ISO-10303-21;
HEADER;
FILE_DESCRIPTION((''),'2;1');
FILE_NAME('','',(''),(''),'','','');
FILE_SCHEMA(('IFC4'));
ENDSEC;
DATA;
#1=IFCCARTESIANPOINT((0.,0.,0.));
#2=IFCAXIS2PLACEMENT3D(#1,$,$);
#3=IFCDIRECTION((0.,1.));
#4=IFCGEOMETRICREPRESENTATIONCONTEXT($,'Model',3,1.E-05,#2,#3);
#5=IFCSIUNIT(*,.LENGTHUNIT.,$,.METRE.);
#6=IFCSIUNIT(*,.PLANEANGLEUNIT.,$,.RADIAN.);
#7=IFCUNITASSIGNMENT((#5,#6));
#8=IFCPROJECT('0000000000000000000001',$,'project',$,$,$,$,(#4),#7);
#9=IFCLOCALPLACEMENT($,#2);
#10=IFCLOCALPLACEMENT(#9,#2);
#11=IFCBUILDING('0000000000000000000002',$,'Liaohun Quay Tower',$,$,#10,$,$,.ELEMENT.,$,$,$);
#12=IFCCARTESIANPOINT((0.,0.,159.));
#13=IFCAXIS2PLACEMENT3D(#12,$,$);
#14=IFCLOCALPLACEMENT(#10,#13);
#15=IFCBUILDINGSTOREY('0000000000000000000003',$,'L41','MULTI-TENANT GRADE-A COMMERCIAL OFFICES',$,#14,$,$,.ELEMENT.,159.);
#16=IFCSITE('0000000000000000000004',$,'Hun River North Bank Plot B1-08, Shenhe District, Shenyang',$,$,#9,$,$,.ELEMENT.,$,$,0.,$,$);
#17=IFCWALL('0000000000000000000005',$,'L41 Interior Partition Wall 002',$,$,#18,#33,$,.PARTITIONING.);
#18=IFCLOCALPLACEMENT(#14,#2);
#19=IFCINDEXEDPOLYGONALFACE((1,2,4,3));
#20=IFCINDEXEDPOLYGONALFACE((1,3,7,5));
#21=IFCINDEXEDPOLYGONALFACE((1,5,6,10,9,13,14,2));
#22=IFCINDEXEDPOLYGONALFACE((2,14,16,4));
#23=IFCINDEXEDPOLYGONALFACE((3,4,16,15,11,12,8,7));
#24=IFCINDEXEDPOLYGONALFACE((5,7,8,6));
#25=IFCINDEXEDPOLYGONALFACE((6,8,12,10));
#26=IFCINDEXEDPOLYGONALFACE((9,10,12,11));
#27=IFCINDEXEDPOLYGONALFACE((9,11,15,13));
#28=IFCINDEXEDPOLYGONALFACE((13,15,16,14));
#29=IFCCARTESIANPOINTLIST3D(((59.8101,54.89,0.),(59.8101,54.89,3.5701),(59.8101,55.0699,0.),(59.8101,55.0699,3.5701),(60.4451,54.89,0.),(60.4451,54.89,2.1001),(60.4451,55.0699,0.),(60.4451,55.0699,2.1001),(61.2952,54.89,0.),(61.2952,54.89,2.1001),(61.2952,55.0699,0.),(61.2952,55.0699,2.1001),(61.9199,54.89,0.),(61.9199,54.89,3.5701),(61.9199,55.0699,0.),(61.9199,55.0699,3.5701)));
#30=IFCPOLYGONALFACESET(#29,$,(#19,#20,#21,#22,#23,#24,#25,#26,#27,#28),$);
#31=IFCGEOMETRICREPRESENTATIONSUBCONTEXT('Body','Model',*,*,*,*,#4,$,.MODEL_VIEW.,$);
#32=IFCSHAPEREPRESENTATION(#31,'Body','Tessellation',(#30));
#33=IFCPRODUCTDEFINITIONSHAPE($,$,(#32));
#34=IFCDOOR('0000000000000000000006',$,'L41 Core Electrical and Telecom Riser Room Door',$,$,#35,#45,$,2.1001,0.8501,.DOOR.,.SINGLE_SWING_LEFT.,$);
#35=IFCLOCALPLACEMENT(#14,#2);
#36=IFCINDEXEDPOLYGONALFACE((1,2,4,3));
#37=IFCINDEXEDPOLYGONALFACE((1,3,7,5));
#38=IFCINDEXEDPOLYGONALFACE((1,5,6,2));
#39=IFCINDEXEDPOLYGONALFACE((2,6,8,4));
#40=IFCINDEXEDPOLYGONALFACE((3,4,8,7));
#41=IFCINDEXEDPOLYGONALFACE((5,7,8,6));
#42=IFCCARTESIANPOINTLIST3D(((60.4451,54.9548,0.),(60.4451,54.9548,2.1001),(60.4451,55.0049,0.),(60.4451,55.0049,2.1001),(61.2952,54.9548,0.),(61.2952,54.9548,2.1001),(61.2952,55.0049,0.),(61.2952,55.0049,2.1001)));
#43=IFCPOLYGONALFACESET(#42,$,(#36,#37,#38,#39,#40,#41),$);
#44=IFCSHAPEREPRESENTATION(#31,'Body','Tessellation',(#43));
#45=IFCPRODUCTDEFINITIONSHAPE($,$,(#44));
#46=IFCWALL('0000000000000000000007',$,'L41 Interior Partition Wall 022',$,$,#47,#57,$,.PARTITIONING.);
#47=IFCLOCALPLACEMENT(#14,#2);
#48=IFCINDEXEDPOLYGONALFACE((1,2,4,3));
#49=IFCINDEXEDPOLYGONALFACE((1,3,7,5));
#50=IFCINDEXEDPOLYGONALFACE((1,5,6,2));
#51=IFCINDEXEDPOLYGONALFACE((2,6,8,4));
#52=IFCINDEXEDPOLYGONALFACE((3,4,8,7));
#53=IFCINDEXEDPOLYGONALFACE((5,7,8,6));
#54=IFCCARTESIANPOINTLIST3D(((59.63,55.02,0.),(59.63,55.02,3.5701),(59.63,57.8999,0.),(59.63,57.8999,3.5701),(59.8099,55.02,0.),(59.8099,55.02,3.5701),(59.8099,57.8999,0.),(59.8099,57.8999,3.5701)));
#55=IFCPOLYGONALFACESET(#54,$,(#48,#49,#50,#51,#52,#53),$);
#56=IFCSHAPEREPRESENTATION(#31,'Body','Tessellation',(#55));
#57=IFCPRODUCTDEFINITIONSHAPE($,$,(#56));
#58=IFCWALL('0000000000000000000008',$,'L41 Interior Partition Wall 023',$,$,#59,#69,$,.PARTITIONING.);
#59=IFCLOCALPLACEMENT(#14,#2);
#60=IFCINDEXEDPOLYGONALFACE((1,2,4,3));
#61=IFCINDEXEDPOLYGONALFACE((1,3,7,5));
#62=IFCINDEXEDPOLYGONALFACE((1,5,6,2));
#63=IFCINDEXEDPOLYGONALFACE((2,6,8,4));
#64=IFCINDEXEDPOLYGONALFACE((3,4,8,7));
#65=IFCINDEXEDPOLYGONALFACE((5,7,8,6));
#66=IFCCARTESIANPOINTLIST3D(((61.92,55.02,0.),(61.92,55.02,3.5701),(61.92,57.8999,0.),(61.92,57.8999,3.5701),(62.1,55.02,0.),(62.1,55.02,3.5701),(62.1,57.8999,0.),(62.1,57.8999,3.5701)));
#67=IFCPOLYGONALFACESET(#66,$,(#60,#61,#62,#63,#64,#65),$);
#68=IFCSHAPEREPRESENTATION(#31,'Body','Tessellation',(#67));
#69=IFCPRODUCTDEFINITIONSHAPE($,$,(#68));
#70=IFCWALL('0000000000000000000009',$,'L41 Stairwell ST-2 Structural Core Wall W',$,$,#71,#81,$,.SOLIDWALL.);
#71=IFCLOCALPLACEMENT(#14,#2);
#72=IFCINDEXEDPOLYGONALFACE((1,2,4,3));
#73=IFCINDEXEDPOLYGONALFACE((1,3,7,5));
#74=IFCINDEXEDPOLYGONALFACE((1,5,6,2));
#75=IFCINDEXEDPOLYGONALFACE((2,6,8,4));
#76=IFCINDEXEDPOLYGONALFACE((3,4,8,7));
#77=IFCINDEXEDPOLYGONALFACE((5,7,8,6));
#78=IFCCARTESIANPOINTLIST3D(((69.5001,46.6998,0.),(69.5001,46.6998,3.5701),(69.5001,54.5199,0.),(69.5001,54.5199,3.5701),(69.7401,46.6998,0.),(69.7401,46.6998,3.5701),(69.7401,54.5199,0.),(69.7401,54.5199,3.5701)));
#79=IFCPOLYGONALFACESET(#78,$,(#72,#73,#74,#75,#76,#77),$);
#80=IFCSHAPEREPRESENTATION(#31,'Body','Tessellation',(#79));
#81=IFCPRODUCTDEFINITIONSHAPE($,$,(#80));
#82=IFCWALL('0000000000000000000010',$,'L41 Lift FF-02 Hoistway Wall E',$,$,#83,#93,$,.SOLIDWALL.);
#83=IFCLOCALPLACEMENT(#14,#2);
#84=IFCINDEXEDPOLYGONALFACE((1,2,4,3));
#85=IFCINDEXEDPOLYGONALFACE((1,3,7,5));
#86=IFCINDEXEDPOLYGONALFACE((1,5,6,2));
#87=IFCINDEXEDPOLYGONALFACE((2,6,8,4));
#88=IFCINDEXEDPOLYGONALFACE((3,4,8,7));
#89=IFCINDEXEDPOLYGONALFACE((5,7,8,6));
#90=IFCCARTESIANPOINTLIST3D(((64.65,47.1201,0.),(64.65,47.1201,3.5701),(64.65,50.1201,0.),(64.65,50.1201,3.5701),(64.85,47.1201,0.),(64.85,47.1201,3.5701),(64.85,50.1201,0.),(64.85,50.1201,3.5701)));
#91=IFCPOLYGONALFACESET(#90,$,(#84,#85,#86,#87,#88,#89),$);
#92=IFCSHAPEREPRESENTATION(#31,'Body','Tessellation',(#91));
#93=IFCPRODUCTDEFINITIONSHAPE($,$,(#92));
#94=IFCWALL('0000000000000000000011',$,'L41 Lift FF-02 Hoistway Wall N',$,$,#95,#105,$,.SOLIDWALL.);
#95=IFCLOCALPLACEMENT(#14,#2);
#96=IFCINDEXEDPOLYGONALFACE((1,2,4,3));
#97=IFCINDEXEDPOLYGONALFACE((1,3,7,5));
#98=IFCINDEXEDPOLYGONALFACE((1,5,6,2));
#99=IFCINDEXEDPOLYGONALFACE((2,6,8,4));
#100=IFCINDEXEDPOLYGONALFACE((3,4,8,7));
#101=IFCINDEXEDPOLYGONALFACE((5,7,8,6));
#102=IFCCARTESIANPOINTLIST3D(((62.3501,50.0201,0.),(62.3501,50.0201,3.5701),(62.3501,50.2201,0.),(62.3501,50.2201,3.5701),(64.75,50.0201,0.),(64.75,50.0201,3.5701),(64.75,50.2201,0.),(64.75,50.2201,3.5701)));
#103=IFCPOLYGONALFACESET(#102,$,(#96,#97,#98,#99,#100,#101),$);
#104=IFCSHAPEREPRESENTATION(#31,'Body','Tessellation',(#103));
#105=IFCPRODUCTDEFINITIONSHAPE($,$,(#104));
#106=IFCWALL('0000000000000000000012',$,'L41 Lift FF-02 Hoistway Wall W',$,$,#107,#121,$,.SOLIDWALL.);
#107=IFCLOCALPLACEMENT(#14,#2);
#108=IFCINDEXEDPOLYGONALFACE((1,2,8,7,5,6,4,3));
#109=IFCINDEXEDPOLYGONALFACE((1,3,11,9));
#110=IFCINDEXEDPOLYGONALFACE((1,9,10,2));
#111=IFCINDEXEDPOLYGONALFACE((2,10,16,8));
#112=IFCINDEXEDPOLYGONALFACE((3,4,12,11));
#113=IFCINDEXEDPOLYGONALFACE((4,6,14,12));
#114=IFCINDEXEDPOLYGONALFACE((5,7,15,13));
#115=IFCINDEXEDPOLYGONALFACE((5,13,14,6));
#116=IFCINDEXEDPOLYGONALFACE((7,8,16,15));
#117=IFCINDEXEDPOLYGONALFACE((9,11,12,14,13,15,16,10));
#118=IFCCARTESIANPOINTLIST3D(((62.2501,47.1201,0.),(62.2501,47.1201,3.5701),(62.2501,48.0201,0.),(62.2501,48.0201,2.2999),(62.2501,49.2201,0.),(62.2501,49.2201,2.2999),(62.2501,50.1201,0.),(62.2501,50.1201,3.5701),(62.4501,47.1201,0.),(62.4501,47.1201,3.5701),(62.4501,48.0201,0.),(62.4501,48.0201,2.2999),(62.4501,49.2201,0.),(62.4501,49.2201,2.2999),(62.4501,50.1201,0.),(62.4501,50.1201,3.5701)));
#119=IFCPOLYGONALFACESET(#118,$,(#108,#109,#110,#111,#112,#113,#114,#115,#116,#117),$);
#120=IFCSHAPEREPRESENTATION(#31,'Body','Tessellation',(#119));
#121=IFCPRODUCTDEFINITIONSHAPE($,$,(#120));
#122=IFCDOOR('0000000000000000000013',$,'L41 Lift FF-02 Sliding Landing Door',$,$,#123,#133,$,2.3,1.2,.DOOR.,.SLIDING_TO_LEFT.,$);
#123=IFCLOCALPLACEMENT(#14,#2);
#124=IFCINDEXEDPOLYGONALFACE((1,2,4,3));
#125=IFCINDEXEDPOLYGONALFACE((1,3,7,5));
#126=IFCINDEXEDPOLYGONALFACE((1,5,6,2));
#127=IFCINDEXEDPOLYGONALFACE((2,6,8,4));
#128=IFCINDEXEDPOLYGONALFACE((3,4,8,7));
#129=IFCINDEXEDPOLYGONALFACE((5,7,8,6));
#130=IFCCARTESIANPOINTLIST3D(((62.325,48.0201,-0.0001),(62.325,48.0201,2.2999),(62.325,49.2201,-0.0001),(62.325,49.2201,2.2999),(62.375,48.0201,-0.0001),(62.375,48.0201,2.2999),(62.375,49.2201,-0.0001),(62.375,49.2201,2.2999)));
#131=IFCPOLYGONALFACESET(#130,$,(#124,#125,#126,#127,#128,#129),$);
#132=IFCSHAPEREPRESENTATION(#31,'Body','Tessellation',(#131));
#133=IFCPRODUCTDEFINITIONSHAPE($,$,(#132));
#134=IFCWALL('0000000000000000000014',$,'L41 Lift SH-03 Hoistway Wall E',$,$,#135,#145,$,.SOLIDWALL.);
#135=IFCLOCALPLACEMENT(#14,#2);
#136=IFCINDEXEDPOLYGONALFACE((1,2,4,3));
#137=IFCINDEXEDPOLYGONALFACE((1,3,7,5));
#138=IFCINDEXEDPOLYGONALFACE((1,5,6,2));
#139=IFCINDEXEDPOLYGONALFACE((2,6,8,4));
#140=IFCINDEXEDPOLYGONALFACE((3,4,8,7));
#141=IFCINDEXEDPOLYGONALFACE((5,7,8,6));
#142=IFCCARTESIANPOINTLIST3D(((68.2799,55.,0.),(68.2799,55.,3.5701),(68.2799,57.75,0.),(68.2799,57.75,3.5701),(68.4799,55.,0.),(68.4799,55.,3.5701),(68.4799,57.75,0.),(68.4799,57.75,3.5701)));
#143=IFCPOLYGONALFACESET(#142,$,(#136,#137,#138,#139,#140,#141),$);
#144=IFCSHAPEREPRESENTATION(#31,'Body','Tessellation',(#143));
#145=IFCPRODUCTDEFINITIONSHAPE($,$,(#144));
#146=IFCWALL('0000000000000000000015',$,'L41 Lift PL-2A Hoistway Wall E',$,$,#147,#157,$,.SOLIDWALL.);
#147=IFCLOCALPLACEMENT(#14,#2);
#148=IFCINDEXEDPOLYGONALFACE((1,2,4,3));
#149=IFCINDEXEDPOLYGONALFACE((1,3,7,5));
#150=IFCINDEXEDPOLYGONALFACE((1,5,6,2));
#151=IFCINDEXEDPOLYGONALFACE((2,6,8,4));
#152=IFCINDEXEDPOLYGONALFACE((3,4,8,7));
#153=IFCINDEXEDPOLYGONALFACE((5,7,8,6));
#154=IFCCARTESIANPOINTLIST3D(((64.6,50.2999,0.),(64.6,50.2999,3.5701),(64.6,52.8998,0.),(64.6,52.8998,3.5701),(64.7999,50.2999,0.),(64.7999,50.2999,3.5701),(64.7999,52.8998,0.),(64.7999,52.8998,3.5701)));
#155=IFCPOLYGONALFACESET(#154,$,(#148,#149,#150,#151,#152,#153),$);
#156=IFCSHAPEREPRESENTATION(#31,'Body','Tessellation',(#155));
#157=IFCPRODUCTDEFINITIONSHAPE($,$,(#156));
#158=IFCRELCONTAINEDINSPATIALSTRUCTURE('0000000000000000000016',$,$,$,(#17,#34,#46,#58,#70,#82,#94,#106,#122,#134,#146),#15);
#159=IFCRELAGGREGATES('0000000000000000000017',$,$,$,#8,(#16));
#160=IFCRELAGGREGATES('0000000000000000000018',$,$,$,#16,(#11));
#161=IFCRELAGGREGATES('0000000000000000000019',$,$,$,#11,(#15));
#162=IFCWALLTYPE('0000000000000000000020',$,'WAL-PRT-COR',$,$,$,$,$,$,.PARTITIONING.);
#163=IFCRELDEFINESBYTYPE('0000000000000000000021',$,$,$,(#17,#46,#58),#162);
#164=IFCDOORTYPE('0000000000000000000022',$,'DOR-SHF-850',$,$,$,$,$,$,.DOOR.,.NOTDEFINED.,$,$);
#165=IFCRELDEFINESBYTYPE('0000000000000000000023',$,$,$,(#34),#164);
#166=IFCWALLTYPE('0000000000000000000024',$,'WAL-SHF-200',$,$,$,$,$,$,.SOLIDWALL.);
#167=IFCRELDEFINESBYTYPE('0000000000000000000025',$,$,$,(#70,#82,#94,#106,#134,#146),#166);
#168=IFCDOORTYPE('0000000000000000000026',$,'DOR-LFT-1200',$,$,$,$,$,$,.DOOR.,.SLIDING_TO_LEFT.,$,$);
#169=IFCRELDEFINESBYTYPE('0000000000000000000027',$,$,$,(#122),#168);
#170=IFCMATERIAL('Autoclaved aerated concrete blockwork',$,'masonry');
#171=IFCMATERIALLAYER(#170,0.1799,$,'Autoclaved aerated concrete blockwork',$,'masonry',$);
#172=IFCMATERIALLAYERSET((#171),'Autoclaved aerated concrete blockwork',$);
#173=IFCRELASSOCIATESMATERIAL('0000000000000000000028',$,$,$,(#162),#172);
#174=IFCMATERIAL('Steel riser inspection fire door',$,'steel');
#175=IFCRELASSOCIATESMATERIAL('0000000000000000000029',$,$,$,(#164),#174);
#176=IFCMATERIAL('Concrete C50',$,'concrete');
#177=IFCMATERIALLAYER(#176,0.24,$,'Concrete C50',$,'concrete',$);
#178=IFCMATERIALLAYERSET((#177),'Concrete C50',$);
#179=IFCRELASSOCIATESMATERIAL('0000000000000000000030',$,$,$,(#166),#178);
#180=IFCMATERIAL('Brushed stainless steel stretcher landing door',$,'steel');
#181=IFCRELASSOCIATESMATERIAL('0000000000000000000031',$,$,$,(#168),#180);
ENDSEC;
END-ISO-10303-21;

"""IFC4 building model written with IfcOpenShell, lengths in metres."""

from ifc_helpers import new_model, si_unit, direction, frame, frame_2d, origin, place, context, subcontext, project, spatial, rectangle, extrude, source, transform, mapped, material, layer, layer_set, type_object, element, fill, save


model = new_model("IFC4")

# Units and contexts
model_context = context("Model", 3, precision=1e-05, world=origin(), true_north=direction((0.0, 1.0)))
body_context = subcontext(model_context, "Body", "Model", "MODEL_VIEW")
ifc_project = project(units=[si_unit("LENGTHUNIT", "METRE"), si_unit("PLANEANGLEUNIT", "RADIAN")], contexts=[model_context])

# Site, building, storey
site_placement = place(None, origin())
site = spatial("IfcSite", under=ifc_project, at=site_placement, Name="Hun River North Bank Plot B1-08, Shenhe District, Shenyang", CompositionType="ELEMENT", RefElevation=0.0)
building_placement = place(site_placement, origin())
building = spatial("IfcBuilding", under=site, at=building_placement, Name="Liaohun Quay Tower", CompositionType="ELEMENT")
storey_placement = place(building_placement, frame((0.0, 0.0, 159.0)))
storey = spatial("IfcBuildingStorey", under=building, at=storey_placement, Name="L41", Description="MULTI-TENANT GRADE-A COMMERCIAL OFFICES", CompositionType="ELEMENT", Elevation=159.0)

# Wall, opening, door
ifc_material_1 = material(Name="Autoclaved aerated concrete blockwork", Category="masonry")
ifc_layer_1 = layer(ifc_material_1, 0.1799, Name="Autoclaved aerated concrete blockwork", Category="masonry")
ifc_layer_set_1 = layer_set([ifc_layer_1], Name="Autoclaved aerated concrete blockwork")
wall_type_1 = type_object("IfcWallType", Name="WAL-PRT-COR", PredefinedType="PARTITIONING", material=ifc_layer_set_1)
wall_1_placement = place(storey_placement, frame((59.8101, 54.98, 0.0), z_axis=(0.0, 0.0, 1.0), x_axis=(1.0, 0.0, 0.0)))
wall_1 = element("IfcWall", 1, at=wall_1_placement, inside=storey, type_object=wall_type_1, Name="L41 Interior Partition Wall 002", PredefinedType="PARTITIONING", context=body_context, shape_type="SweptSolid", body=[
    extrude(rectangle(XDim=2.1099, YDim=0.1799, at=frame_2d((1.0549, 0.0))), origin(), (0.0, 0.0, 1.0), 3.5701),
])
shared_shape_1 = source(origin(), body_context, "Body", "SweptSolid", [
    extrude(rectangle(XDim=0.8501, YDim=2.1001, at=frame_2d((0.425, 1.05))), frame((0.0, 0.0999, 0.0), z_axis=(0.0, -1.0, 0.0), x_axis=(1.0, 0.0, 0.0)), (0.0, 0.0, 1.0), 0.2),
])
opening_1_placement = place(wall_1_placement, frame((0.635, 0.0, 0.0)))
opening_1 = element("IfcOpeningElement", 2, at=opening_1_placement, cuts=wall_1, PredefinedType="OPENING", context=body_context, shape_type="MappedRepresentation", body=[
    mapped(shared_shape_1, transform((0.0, 0.0, 0.0), x_axis=(1.0, 0.0, 0.0), y_axis=(0.0, 1.0, 0.0), z_axis=(0.0, 0.0, 1.0), scale=1.0)),
])
ifc_material_2 = material(Name="Steel riser inspection fire door", Category="steel")
door_type_1 = type_object("IfcDoorType", Name="DOR-SHF-850", OperationType="NOTDEFINED", PredefinedType="DOOR", material=ifc_material_2)
shared_shape_2 = source(origin(), body_context, "Body", "SweptSolid", [
    extrude(rectangle(XDim=0.8501, YDim=2.1001, at=frame_2d((0.425, 1.05))), frame((0.0, 0.0249, 0.0), z_axis=(0.0, -1.0, 0.0), x_axis=(1.0, 0.0, 0.0)), (0.0, 0.0, 1.0), 0.05),
])
door_1_placement = place(opening_1_placement, origin())
door_1 = element("IfcDoor", 3, at=door_1_placement, inside=storey, type_object=door_type_1, Name="L41 Core Electrical and Telecom Riser Room Door", OperationType="SINGLE_SWING_LEFT", OverallHeight=2.1001, OverallWidth=0.8501, PredefinedType="DOOR", context=body_context, shape_type="MappedRepresentation", body=[
    mapped(shared_shape_2, transform((0.0, 0.0, 0.0), x_axis=(1.0, 0.0, 0.0), y_axis=(0.0, 1.0, 0.0), z_axis=(0.0, 0.0, 1.0), scale=1.0)),
])
fill(opening_1, door_1)

# Walls
for number, where, z_axis, x_axis, name in (
    (4, (59.72, 55.02, 0.0), (0.0, 0.0, 1.0), (0.0, 1.0, 0.0), "L41 Interior Partition Wall 022"),
    (5, (62.01, 55.02, 0.0), (0.0, 0.0, 1.0), (0.0, 1.0, 0.0), "L41 Interior Partition Wall 023"),
):
    element("IfcWall", number, at=place(storey_placement, frame(where, z_axis=z_axis, x_axis=x_axis)), inside=storey, type_object=wall_type_1, Name=name, PredefinedType="PARTITIONING", context=body_context, shape_type="SweptSolid", body=[
        extrude(rectangle(XDim=2.8799, YDim=0.1799, at=frame_2d((1.4399, 0.0))), origin(), (0.0, 0.0, 1.0), 3.5701),
    ])
ifc_material_3 = material(Name="Concrete C50", Category="concrete")
ifc_layer_2 = layer(ifc_material_3, 0.24, Name="Concrete C50", Category="concrete")
ifc_layer_set_2 = layer_set([ifc_layer_2], Name="Concrete C50")
wall_type_2 = type_object("IfcWallType", Name="WAL-SHF-200", PredefinedType="SOLIDWALL", material=ifc_layer_set_2)
wall_2_placement = place(storey_placement, frame((69.6201, 54.52, 0.0), z_axis=(0.0, 0.0, 1.0), x_axis=(0.0, -1.0, 0.0)))
element("IfcWall", 6, at=wall_2_placement, inside=storey, type_object=wall_type_2, Name="L41 Stairwell ST-2 Structural Core Wall W", PredefinedType="SOLIDWALL", context=body_context, shape_type="SweptSolid", body=[
    extrude(rectangle(XDim=7.8201, YDim=0.24, at=frame_2d((3.9102, 0.0))), origin(), (0.0, 0.0, 1.0), 3.5701),
])
wall_3_placement = place(storey_placement, frame((64.75, 47.1201, 0.0), z_axis=(0.0, 0.0, 1.0), x_axis=(0.0, 1.0, 0.0)))
element("IfcWall", 7, at=wall_3_placement, inside=storey, type_object=wall_type_2, Name="L41 Lift FF-02 Hoistway Wall E", PredefinedType="SOLIDWALL", context=body_context, shape_type="SweptSolid", body=[
    extrude(rectangle(XDim=3.0, YDim=0.2, at=frame_2d((1.5, 0.0))), origin(), (0.0, 0.0, 1.0), 3.5701),
])
wall_4_placement = place(storey_placement, frame((64.75, 50.1201, 0.0), z_axis=(0.0, 0.0, 1.0), x_axis=(-1.0, 0.0, 0.0)))
element("IfcWall", 8, at=wall_4_placement, inside=storey, type_object=wall_type_2, Name="L41 Lift FF-02 Hoistway Wall N", PredefinedType="SOLIDWALL", context=body_context, shape_type="SweptSolid", body=[
    extrude(rectangle(XDim=2.3999, YDim=0.2, at=frame_2d((1.2, 0.0))), origin(), (0.0, 0.0, 1.0), 3.5701),
])

# Wall, opening, door
wall_5_placement = place(storey_placement, frame((62.3501, 50.1201, 0.0), z_axis=(0.0, 0.0, 1.0), x_axis=(0.0, -1.0, 0.0)))
wall_5 = element("IfcWall", 9, at=wall_5_placement, inside=storey, type_object=wall_type_2, Name="L41 Lift FF-02 Hoistway Wall W", PredefinedType="SOLIDWALL", context=body_context, shape_type="SweptSolid", body=[
    extrude(rectangle(XDim=3.0, YDim=0.2, at=frame_2d((1.5, 0.0))), origin(), (0.0, 0.0, 1.0), 3.5701),
])
shared_shape_3 = source(origin(), body_context, "Body", "SweptSolid", [
    extrude(rectangle(XDim=1.2, YDim=2.3, at=frame_2d((0.6001, 1.1499))), frame((0.0, 0.1099, 0.0), z_axis=(0.0, -1.0, 0.0), x_axis=(1.0, 0.0, 0.0)), (0.0, 0.0, 1.0), 0.22),
])
opening_2_placement = place(wall_5_placement, frame((0.8999, 0.0, 0.0)))
opening_2 = element("IfcOpeningElement", 10, at=opening_2_placement, cuts=wall_5, PredefinedType="OPENING", context=body_context, shape_type="MappedRepresentation", body=[
    mapped(shared_shape_3, transform((0.0, 0.0, 0.0), x_axis=(1.0, 0.0, 0.0), y_axis=(0.0, 1.0, 0.0), z_axis=(0.0, 0.0, 1.0), scale=1.0)),
])
ifc_material_4 = material(Name="Brushed stainless steel stretcher landing door", Category="steel")
door_type_2 = type_object("IfcDoorType", Name="DOR-LFT-1200", OperationType="SLIDING_TO_LEFT", PredefinedType="DOOR", material=ifc_material_4)
shared_shape_4 = source(origin(), body_context, "Body", "SweptSolid", [
    extrude(rectangle(XDim=1.2, YDim=2.3, at=frame_2d((0.6001, 1.1499))), frame((0.0, 0.0249, 0.0), z_axis=(0.0, -1.0, 0.0), x_axis=(1.0, 0.0, 0.0)), (0.0, 0.0, 1.0), 0.05),
])
door_2_placement = place(opening_2_placement, origin())
door_2 = element("IfcDoor", 11, at=door_2_placement, inside=storey, type_object=door_type_2, Name="L41 Lift FF-02 Sliding Landing Door", OperationType="SLIDING_TO_LEFT", OverallHeight=2.3, OverallWidth=1.2, PredefinedType="DOOR", context=body_context, shape_type="MappedRepresentation", body=[
    mapped(shared_shape_4, transform((0.0, 0.0, 0.0), x_axis=(1.0, 0.0, 0.0), y_axis=(0.0, 1.0, 0.0), z_axis=(0.0, 0.0, 1.0), scale=1.0)),
])
fill(opening_2, door_2)

# Walls
wall_6_placement = place(storey_placement, frame((68.3799, 55.0, 0.0), z_axis=(0.0, 0.0, 1.0), x_axis=(0.0, 1.0, 0.0)))
element("IfcWall", 12, at=wall_6_placement, inside=storey, type_object=wall_type_2, Name="L41 Lift SH-03 Hoistway Wall E", PredefinedType="SOLIDWALL", context=body_context, shape_type="SweptSolid", body=[
    extrude(rectangle(XDim=2.75, YDim=0.2, at=frame_2d((1.375, 0.0))), origin(), (0.0, 0.0, 1.0), 3.5701),
])
wall_7_placement = place(storey_placement, frame((64.7, 50.3, 0.0), z_axis=(0.0, 0.0, 1.0), x_axis=(0.0, 1.0, 0.0)))
element("IfcWall", 13, at=wall_7_placement, inside=storey, type_object=wall_type_2, Name="L41 Lift PL-2A Hoistway Wall E", PredefinedType="SOLIDWALL", context=body_context, shape_type="SweptSolid", body=[
    extrude(rectangle(XDim=2.5999, YDim=0.2, at=frame_2d((1.2998, 0.0))), origin(), (0.0, 0.0, 1.0), 3.5701),
])

save(model, "model.ifc")
